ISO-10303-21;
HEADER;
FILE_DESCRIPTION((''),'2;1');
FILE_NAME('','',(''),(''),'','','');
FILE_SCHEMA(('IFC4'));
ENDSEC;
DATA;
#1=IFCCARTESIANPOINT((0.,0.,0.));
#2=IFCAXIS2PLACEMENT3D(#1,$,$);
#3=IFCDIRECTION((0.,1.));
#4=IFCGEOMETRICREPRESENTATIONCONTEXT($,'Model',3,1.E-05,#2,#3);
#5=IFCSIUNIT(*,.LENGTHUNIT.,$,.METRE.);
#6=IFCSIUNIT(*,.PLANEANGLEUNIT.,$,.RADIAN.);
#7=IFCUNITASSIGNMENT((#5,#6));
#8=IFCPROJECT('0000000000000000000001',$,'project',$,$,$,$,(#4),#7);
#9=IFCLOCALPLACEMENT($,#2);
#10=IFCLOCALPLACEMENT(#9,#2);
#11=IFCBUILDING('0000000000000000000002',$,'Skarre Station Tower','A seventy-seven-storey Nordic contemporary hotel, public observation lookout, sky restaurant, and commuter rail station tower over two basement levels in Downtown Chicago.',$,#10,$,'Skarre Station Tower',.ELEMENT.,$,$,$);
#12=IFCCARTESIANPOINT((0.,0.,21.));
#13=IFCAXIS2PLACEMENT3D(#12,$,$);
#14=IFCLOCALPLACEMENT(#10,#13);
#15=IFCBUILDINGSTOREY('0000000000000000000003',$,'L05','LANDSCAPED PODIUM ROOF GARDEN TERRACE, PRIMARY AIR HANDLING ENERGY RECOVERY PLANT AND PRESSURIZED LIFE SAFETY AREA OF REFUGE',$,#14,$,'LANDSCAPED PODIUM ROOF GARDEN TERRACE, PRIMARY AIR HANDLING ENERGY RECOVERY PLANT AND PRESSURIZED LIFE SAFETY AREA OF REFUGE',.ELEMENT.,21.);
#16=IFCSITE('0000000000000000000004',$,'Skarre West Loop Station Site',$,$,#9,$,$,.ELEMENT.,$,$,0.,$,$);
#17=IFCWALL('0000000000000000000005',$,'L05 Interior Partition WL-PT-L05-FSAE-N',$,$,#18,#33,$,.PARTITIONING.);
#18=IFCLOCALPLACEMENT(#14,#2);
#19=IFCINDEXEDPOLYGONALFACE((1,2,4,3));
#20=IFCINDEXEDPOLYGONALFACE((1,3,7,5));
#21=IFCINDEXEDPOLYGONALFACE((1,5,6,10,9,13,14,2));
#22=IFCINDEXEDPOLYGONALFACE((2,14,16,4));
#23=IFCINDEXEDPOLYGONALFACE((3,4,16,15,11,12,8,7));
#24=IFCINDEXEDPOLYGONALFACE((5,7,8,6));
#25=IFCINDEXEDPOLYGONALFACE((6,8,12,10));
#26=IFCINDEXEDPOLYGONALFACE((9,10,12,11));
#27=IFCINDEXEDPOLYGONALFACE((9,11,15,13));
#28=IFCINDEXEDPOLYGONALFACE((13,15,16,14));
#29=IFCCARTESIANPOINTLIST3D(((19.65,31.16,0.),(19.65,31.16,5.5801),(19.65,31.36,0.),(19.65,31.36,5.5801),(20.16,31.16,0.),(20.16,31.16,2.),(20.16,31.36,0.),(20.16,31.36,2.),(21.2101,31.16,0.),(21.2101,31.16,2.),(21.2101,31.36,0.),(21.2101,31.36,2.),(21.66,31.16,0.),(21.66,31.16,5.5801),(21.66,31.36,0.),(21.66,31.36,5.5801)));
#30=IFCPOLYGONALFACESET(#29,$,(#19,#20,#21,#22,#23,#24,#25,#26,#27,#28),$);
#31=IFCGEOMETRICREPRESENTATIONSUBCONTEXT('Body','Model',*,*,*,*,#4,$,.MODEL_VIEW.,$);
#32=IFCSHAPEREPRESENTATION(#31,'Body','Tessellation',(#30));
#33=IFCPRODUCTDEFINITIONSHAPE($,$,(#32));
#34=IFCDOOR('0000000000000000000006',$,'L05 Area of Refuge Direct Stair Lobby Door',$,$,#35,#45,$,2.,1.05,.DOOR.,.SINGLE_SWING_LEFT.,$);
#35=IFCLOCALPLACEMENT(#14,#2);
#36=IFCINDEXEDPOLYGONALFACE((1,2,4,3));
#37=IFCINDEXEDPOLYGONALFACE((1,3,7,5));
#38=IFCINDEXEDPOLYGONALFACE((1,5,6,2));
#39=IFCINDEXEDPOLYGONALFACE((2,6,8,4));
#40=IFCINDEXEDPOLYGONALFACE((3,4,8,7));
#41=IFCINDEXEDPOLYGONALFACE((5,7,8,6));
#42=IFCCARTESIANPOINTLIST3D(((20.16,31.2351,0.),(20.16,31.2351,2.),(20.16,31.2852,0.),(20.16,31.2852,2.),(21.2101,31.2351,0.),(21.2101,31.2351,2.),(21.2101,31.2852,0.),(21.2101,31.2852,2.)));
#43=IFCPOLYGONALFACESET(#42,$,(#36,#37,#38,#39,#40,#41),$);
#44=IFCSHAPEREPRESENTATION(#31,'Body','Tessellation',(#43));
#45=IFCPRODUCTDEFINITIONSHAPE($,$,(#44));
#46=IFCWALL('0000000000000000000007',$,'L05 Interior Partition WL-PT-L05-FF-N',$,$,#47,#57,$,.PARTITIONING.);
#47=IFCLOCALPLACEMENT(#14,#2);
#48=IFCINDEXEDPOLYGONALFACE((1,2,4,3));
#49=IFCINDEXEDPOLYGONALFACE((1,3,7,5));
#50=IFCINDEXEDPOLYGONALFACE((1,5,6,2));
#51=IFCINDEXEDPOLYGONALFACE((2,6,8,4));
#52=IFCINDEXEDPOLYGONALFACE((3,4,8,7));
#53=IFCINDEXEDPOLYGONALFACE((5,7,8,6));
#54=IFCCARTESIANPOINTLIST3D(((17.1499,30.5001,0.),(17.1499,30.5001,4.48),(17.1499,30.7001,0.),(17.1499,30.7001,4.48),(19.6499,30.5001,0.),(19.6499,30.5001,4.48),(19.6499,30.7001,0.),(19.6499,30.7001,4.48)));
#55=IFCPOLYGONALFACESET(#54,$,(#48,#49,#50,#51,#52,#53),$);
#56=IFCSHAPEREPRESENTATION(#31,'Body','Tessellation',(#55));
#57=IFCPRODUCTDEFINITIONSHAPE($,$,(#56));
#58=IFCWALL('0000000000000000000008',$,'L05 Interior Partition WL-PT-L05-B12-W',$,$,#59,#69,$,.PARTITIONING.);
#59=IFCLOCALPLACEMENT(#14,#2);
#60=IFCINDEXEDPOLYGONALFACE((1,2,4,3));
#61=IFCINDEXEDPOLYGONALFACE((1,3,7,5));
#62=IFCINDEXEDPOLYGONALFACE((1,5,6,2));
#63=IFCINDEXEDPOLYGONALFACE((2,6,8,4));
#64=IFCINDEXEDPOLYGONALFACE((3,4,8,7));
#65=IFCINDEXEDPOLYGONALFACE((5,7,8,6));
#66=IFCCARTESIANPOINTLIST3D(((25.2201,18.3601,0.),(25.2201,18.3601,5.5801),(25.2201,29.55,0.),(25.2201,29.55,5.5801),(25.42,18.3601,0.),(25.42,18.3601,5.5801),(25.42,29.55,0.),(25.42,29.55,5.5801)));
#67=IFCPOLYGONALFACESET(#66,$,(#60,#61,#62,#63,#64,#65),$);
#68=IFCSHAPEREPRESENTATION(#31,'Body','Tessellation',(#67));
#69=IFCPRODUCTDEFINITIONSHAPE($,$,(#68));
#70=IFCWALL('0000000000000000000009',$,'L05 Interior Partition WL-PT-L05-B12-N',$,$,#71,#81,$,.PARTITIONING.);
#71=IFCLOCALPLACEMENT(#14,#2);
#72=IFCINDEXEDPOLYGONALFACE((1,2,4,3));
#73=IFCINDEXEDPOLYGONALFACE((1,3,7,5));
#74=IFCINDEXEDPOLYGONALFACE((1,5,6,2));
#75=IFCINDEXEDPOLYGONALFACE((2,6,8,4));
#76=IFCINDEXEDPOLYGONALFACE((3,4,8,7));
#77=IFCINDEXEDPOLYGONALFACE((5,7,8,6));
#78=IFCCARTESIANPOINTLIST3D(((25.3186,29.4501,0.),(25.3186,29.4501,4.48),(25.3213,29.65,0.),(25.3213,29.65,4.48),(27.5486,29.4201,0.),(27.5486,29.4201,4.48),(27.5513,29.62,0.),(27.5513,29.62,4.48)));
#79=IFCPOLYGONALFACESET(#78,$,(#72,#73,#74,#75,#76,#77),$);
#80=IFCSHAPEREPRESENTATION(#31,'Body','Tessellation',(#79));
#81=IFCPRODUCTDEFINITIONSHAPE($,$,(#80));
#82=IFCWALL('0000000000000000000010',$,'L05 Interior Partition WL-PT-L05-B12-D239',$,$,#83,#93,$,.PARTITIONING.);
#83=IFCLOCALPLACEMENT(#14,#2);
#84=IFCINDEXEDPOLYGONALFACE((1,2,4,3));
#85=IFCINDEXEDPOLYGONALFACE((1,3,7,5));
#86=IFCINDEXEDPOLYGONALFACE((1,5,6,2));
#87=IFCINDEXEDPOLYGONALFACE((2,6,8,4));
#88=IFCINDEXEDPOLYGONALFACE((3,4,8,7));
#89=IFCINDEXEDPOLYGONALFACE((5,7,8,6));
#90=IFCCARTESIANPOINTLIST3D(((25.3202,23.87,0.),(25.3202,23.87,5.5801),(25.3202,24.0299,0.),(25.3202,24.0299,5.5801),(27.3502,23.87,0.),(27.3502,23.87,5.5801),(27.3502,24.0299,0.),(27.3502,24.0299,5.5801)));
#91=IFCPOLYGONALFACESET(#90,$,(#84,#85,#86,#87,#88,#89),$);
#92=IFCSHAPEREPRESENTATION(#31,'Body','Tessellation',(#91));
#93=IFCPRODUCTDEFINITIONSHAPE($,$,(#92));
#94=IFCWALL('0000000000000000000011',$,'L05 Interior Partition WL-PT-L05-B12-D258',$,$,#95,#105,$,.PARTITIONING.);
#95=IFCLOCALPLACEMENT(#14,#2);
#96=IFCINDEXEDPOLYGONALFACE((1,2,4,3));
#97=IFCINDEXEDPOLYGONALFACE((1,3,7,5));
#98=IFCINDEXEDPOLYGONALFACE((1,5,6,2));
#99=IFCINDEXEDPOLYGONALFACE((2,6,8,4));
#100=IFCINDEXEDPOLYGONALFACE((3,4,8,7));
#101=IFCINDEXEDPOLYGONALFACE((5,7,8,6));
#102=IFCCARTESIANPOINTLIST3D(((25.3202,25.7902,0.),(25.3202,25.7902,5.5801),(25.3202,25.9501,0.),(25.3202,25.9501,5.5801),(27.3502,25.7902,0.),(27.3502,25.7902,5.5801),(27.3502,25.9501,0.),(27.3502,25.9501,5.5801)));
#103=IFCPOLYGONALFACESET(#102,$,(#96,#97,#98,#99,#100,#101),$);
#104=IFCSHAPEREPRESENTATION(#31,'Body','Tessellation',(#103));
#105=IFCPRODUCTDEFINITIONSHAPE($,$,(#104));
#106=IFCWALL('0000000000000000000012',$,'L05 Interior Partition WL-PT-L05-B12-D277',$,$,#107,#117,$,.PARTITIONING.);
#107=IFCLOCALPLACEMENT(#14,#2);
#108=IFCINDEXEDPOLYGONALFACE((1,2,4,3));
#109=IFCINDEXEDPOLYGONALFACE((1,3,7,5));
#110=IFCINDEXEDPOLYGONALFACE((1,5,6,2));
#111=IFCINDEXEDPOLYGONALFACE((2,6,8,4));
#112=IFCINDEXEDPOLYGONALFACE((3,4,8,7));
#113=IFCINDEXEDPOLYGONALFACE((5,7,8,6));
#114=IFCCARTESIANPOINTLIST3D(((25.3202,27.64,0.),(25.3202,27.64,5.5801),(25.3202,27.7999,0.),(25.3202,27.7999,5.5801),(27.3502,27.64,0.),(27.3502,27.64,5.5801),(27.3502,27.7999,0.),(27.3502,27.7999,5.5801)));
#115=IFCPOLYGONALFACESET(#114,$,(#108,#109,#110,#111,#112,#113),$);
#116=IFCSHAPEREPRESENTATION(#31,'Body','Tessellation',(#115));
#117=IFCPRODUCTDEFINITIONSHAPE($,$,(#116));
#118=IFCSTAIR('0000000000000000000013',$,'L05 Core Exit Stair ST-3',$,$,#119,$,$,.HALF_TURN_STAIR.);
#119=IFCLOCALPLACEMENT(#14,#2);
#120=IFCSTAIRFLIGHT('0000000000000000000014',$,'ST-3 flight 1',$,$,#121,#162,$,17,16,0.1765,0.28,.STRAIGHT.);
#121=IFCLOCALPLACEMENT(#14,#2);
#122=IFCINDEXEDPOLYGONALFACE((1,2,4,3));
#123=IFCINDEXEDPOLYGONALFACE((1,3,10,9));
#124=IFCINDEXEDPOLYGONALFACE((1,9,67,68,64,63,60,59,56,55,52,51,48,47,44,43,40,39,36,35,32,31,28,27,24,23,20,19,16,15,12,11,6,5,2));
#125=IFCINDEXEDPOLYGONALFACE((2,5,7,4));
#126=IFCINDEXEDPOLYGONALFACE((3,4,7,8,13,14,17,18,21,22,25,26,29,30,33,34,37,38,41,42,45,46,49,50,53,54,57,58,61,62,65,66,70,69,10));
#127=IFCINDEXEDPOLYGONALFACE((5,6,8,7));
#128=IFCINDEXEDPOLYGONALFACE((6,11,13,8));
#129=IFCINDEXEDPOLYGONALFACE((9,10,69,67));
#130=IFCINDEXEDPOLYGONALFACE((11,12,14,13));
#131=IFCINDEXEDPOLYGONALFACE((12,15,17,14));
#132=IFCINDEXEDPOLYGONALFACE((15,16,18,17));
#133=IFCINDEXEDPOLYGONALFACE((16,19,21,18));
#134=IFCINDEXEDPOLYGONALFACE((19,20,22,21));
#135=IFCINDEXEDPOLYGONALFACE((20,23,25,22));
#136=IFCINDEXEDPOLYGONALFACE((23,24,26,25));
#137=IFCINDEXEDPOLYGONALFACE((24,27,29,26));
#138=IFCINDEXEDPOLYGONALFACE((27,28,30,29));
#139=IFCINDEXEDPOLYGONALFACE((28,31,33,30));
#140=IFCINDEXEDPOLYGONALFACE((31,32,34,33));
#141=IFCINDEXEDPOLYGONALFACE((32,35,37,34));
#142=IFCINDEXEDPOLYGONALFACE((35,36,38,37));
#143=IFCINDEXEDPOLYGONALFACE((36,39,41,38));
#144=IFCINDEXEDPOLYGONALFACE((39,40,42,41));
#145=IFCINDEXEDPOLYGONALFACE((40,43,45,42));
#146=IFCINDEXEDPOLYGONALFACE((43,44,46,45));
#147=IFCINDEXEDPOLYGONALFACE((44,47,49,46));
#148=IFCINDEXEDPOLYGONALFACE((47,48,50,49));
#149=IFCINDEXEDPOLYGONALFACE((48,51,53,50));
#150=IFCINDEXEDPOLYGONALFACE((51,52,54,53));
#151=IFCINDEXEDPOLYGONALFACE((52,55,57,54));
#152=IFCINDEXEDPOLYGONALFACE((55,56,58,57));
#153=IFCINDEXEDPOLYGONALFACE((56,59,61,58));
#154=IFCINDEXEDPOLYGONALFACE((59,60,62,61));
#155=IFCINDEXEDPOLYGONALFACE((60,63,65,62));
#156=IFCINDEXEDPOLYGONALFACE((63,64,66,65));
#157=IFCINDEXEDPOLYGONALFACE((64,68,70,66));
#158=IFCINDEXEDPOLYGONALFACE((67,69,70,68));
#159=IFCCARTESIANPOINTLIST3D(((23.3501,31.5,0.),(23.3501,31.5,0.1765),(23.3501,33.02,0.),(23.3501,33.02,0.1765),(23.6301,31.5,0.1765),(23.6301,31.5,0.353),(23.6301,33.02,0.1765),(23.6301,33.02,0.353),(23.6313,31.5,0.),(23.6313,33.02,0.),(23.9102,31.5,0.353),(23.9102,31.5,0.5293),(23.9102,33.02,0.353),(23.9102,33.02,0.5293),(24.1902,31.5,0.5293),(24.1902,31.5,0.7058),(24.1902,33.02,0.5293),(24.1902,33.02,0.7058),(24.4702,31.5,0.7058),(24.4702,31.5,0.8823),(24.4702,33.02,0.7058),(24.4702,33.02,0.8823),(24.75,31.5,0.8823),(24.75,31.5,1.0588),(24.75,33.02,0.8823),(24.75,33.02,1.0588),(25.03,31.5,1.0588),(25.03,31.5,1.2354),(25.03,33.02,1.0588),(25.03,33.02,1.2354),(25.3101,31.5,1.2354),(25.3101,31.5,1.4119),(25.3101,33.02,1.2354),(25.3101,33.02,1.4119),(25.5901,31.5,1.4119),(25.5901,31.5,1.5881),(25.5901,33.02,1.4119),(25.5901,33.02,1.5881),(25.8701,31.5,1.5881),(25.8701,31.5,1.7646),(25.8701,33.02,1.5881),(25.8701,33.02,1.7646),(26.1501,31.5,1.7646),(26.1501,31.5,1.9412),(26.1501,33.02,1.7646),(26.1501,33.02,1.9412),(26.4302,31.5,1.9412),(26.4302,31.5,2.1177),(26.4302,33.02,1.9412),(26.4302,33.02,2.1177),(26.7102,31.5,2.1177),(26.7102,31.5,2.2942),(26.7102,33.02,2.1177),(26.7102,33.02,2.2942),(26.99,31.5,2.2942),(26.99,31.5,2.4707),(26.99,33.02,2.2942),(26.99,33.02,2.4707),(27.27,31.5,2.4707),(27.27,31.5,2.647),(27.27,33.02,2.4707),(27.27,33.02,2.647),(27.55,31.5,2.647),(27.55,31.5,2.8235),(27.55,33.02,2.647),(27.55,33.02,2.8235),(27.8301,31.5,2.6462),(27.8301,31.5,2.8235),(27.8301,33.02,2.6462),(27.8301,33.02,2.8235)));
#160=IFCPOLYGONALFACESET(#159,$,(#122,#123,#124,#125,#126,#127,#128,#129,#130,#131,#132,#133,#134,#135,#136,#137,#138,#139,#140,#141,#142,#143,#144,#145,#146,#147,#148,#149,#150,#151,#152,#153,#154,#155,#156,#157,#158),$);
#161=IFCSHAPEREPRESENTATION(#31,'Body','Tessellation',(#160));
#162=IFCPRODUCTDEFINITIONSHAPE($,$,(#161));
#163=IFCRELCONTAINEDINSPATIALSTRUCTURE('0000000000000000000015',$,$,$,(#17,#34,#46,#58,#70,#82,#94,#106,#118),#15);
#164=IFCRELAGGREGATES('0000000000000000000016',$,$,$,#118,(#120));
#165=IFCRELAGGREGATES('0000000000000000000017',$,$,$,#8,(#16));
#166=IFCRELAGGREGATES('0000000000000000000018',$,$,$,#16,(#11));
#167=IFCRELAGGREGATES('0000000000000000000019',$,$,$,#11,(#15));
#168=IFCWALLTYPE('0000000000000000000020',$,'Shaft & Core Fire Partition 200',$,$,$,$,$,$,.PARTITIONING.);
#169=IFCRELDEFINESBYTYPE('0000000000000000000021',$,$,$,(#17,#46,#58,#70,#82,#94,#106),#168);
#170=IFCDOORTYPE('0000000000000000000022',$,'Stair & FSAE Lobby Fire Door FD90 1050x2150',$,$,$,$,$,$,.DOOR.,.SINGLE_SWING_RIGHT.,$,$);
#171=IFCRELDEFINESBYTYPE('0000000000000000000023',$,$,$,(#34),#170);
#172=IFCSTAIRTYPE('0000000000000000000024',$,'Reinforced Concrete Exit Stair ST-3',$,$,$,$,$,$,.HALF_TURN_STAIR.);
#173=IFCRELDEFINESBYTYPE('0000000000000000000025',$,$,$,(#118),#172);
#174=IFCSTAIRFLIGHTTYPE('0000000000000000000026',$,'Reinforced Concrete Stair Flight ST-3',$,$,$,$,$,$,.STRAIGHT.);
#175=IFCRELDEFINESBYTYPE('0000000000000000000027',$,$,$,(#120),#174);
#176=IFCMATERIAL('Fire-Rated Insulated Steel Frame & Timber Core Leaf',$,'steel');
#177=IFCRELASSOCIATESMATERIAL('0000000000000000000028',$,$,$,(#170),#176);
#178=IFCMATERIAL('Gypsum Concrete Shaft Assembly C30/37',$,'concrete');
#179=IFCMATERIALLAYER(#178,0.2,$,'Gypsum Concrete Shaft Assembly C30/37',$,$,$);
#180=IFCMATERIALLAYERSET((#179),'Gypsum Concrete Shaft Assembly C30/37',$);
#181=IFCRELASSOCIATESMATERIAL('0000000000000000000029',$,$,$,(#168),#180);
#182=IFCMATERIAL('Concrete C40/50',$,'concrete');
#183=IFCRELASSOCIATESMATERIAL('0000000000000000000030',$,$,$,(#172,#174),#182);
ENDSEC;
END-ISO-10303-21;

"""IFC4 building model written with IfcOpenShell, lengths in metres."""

from ifc_helpers import new_model, si_unit, direction, frame, frame_2d, origin, place, context, subcontext, project, spatial, polyline, rectangle, outline, extrude, material, layer, layer_set, type_object, element, fill, aggregate, save


model = new_model("IFC4")

# Units and contexts
model_context = context("Model", 3, precision=1e-05, world=origin(), true_north=direction((0.0, 1.0)))
body_context = subcontext(model_context, "Body", "Model", "MODEL_VIEW")
ifc_project = project(units=[si_unit("LENGTHUNIT", "METRE"), si_unit("PLANEANGLEUNIT", "RADIAN")], contexts=[model_context])

# Site, building, storey
site_placement = place(None, origin())
site = spatial("IfcSite", under=ifc_project, at=site_placement, Name="Skarre West Loop Station Site", CompositionType="ELEMENT", RefElevation=0.0)
building_placement = place(site_placement, origin())
building = spatial("IfcBuilding", under=site, at=building_placement, Name="Skarre Station Tower", Description="A seventy-seven-storey Nordic contemporary hotel, public observation lookout, sky restaurant, and commuter rail station tower over two basement levels in Downtown Chicago.", LongName="Skarre Station Tower", CompositionType="ELEMENT")
storey_placement = place(building_placement, frame((0.0, 0.0, 21.0)))
storey = spatial("IfcBuildingStorey", under=building, at=storey_placement, Name="L05", Description="LANDSCAPED PODIUM ROOF GARDEN TERRACE, PRIMARY AIR HANDLING ENERGY RECOVERY PLANT AND PRESSURIZED LIFE SAFETY AREA OF REFUGE", LongName="LANDSCAPED PODIUM ROOF GARDEN TERRACE, PRIMARY AIR HANDLING ENERGY RECOVERY PLANT AND PRESSURIZED LIFE SAFETY AREA OF REFUGE", CompositionType="ELEMENT", Elevation=21.0)

# Shared definitions
ifc_material_1 = material(Name="Fire-Rated Insulated Steel Frame & Timber Core Leaf", Category="steel")
door_type_1 = type_object("IfcDoorType", Name="Stair & FSAE Lobby Fire Door FD90 1050x2150", OperationType="SINGLE_SWING_RIGHT", PredefinedType="DOOR", material=ifc_material_1)

# Shared definitions
ifc_material_2 = material(Name="Gypsum Concrete Shaft Assembly C30/37", Category="concrete")
ifc_layer_1 = layer(ifc_material_2, 0.2, Name="Gypsum Concrete Shaft Assembly C30/37")
ifc_layer_set_1 = layer_set([ifc_layer_1], Name="Gypsum Concrete Shaft Assembly C30/37")
wall_type_1 = type_object("IfcWallType", Name="Shaft & Core Fire Partition 200", PredefinedType="PARTITIONING", material=ifc_layer_set_1)

# Wall, opening, door
wall_1_placement = place(storey_placement, frame((21.6599, 31.26, 0.0), z_axis=(0.0, 0.0, 1.0), x_axis=(-1.0, 0.0, 0.0)))
wall_1 = element("IfcWall", 1, at=wall_1_placement, inside=storey, type_object=wall_type_1, Name="L05 Interior Partition WL-PT-L05-FSAE-N", PredefinedType="PARTITIONING", context=body_context, shape_type="SweptSolid", body=[
    extrude(rectangle(XDim=2.01, YDim=0.2, at=frame_2d((1.0049, 0.0))), origin(), (0.0, 0.0, 1.0), 5.5801),
])
opening_1_placement = place(wall_1_placement, frame((0.45, 0.0, 0.0)))
opening_1 = element("IfcOpeningElement", 2, at=opening_1_placement, cuts=wall_1, PredefinedType="OPENING", context=body_context, shape_type="SweptSolid", body=[
    extrude(rectangle(XDim=1.05, YDim=2.0, at=frame_2d((0.5249, 1.0))), frame((0.0, 0.1099, 0.0), z_axis=(0.0, -1.0, 0.0), x_axis=(1.0, 0.0, 0.0)), (0.0, 0.0, 1.0), 0.22),
])
door_1_placement = place(opening_1_placement, origin())
door_1 = element("IfcDoor", 3, at=door_1_placement, inside=storey, type_object=door_type_1, Name="L05 Area of Refuge Direct Stair Lobby Door", OperationType="SINGLE_SWING_LEFT", OverallHeight=2.0, OverallWidth=1.05, PredefinedType="DOOR", context=body_context, shape_type="SweptSolid", body=[
    extrude(rectangle(XDim=1.05, YDim=2.0, at=frame_2d((0.5249, 1.0))), frame((0.0, 0.0249, 0.0), z_axis=(0.0, -1.0, 0.0), x_axis=(1.0, 0.0, 0.0)), (0.0, 0.0, 1.0), 0.05),
])
fill(opening_1, door_1)

# Walls
wall_2_placement = place(storey_placement, frame((19.6499, 30.6001, 0.0), z_axis=(0.0, 0.0, 1.0), x_axis=(-1.0, 0.0, 0.0)))
element("IfcWall", 4, at=wall_2_placement, inside=storey, type_object=wall_type_1, Name="L05 Interior Partition WL-PT-L05-FF-N", PredefinedType="PARTITIONING", context=body_context, shape_type="SweptSolid", body=[
    extrude(rectangle(XDim=2.5, YDim=0.2, at=frame_2d((1.25, 0.0))), origin(), (0.0, 0.0, 1.0), 4.48),
])
wall_3_placement = place(storey_placement, frame((25.3201, 29.55, 0.0), z_axis=(0.0, 0.0, 1.0), x_axis=(0.0, -1.0, 0.0)))
element("IfcWall", 5, at=wall_3_placement, inside=storey, type_object=wall_type_1, Name="L05 Interior Partition WL-PT-L05-B12-W", PredefinedType="PARTITIONING", context=body_context, shape_type="SweptSolid", body=[
    extrude(rectangle(XDim=11.1899, YDim=0.2, at=frame_2d((5.595, 0.0))), origin(), (0.0, 0.0, 1.0), 5.5801),
])
wall_4_placement = place(storey_placement, frame((27.55, 29.52, 0.0), z_axis=(0.0, 0.0, 1.0), x_axis=(-0.999909, 0.013465, 0.0)))
element("IfcWall", 6, at=wall_4_placement, inside=storey, type_object=wall_type_1, Name="L05 Interior Partition WL-PT-L05-B12-N", PredefinedType="PARTITIONING", context=body_context, shape_type="SweptSolid", body=[
    extrude(rectangle(XDim=2.2302, YDim=0.2, at=frame_2d((1.1152, 0.0))), origin(), (0.0, 0.0, 1.0), 4.48),
])
for number, where, z_axis, x_axis, name in (
    (7, (25.3201, 23.95, 0.0), (0.0, 0.0, 1.0), (1.0, 0.0, 0.0), "L05 Interior Partition WL-PT-L05-B12-D239"),
    (8, (25.3201, 25.8701, 0.0), (0.0, 0.0, 1.0), (1.0, 0.0, 0.0), "L05 Interior Partition WL-PT-L05-B12-D258"),
    (9, (25.3201, 27.72, 0.0), (0.0, 0.0, 1.0), (1.0, 0.0, 0.0), "L05 Interior Partition WL-PT-L05-B12-D277"),
):
    element("IfcWall", number, at=place(storey_placement, frame(where, z_axis=z_axis, x_axis=x_axis)), inside=storey, type_object=wall_type_1, Name=name, PredefinedType="PARTITIONING", context=body_context, shape_type="SweptSolid", body=[
        extrude(rectangle(XDim=2.03, YDim=0.1599, at=frame_2d((1.0151, 0.0))), origin(), (0.0, 0.0, 1.0), 5.5801),
    ])

# Stair, stair flight
ifc_material_3 = material(Name="Concrete C40/50", Category="concrete")
stair_type = type_object("IfcStairType", Name="Reinforced Concrete Exit Stair ST-3", PredefinedType="HALF_TURN_STAIR", material=ifc_material_3)
stair_placement = place(storey_placement, origin())
stair = element("IfcStair", 10, at=stair_placement, inside=storey, type_object=stair_type, Name="L05 Core Exit Stair ST-3", PredefinedType="HALF_TURN_STAIR")
stair_flight_type = type_object("IfcStairFlightType", Name="Reinforced Concrete Stair Flight ST-3", PredefinedType="STRAIGHT", material=ifc_material_3)
stair_flight_placement = place(storey_placement, frame((23.3501, 32.26, 0.0), z_axis=(0.0, 0.0, 1.0), x_axis=(1.0, 0.0, 0.0)))
stair_flight = element("IfcStairFlight", 11, at=stair_flight_placement, type_object=stair_flight_type, Name="ST-3 flight 1", NumberOfRisers=17, NumberOfTreads=16, PredefinedType="STRAIGHT", RiserHeight=0.1765, TreadLength=0.28, context=body_context, shape_type="SweptSolid", body=[
    extrude(outline(polyline([(0.0, 0.0), (0.0, 0.1765), (0.28, 0.1765), (0.28, 0.353), (0.5601, 0.353), (0.5601, 0.5293), (0.8401, 0.5293), (0.8401, 0.7058), (1.1201, 0.7058), (1.1201, 0.8823), (1.3999, 0.8823), (1.3999, 1.0588), (1.6799, 1.0588), (1.6799, 1.2354), (1.96, 1.2354), (1.96, 1.4119), (2.24, 1.4119), (2.24, 1.5881), (2.52, 1.5881), (2.52, 1.7646), (2.8, 1.7646), (2.8, 1.9412), (3.0801, 1.9412), (3.0801, 2.1177), (3.3601, 2.1177), (3.3601, 2.2942), (3.6399, 2.2942), (3.6399, 2.4707), (3.9199, 2.4707), (3.9199, 2.647), (4.2, 2.647), (4.2, 2.8235), (4.48, 2.8235), (4.48, 3.0), (4.48, 2.6462), (0.2812, 0.0), (0.0, 0.0)])), frame((0.0, 0.76, 0.0), z_axis=(0.0, -1.0, 0.0), x_axis=(1.0, 0.0, 0.0)), (0.0, 0.0, 1.0), 1.52),
])
aggregate(stair, [stair_flight])

save(model, "model.ifc")
